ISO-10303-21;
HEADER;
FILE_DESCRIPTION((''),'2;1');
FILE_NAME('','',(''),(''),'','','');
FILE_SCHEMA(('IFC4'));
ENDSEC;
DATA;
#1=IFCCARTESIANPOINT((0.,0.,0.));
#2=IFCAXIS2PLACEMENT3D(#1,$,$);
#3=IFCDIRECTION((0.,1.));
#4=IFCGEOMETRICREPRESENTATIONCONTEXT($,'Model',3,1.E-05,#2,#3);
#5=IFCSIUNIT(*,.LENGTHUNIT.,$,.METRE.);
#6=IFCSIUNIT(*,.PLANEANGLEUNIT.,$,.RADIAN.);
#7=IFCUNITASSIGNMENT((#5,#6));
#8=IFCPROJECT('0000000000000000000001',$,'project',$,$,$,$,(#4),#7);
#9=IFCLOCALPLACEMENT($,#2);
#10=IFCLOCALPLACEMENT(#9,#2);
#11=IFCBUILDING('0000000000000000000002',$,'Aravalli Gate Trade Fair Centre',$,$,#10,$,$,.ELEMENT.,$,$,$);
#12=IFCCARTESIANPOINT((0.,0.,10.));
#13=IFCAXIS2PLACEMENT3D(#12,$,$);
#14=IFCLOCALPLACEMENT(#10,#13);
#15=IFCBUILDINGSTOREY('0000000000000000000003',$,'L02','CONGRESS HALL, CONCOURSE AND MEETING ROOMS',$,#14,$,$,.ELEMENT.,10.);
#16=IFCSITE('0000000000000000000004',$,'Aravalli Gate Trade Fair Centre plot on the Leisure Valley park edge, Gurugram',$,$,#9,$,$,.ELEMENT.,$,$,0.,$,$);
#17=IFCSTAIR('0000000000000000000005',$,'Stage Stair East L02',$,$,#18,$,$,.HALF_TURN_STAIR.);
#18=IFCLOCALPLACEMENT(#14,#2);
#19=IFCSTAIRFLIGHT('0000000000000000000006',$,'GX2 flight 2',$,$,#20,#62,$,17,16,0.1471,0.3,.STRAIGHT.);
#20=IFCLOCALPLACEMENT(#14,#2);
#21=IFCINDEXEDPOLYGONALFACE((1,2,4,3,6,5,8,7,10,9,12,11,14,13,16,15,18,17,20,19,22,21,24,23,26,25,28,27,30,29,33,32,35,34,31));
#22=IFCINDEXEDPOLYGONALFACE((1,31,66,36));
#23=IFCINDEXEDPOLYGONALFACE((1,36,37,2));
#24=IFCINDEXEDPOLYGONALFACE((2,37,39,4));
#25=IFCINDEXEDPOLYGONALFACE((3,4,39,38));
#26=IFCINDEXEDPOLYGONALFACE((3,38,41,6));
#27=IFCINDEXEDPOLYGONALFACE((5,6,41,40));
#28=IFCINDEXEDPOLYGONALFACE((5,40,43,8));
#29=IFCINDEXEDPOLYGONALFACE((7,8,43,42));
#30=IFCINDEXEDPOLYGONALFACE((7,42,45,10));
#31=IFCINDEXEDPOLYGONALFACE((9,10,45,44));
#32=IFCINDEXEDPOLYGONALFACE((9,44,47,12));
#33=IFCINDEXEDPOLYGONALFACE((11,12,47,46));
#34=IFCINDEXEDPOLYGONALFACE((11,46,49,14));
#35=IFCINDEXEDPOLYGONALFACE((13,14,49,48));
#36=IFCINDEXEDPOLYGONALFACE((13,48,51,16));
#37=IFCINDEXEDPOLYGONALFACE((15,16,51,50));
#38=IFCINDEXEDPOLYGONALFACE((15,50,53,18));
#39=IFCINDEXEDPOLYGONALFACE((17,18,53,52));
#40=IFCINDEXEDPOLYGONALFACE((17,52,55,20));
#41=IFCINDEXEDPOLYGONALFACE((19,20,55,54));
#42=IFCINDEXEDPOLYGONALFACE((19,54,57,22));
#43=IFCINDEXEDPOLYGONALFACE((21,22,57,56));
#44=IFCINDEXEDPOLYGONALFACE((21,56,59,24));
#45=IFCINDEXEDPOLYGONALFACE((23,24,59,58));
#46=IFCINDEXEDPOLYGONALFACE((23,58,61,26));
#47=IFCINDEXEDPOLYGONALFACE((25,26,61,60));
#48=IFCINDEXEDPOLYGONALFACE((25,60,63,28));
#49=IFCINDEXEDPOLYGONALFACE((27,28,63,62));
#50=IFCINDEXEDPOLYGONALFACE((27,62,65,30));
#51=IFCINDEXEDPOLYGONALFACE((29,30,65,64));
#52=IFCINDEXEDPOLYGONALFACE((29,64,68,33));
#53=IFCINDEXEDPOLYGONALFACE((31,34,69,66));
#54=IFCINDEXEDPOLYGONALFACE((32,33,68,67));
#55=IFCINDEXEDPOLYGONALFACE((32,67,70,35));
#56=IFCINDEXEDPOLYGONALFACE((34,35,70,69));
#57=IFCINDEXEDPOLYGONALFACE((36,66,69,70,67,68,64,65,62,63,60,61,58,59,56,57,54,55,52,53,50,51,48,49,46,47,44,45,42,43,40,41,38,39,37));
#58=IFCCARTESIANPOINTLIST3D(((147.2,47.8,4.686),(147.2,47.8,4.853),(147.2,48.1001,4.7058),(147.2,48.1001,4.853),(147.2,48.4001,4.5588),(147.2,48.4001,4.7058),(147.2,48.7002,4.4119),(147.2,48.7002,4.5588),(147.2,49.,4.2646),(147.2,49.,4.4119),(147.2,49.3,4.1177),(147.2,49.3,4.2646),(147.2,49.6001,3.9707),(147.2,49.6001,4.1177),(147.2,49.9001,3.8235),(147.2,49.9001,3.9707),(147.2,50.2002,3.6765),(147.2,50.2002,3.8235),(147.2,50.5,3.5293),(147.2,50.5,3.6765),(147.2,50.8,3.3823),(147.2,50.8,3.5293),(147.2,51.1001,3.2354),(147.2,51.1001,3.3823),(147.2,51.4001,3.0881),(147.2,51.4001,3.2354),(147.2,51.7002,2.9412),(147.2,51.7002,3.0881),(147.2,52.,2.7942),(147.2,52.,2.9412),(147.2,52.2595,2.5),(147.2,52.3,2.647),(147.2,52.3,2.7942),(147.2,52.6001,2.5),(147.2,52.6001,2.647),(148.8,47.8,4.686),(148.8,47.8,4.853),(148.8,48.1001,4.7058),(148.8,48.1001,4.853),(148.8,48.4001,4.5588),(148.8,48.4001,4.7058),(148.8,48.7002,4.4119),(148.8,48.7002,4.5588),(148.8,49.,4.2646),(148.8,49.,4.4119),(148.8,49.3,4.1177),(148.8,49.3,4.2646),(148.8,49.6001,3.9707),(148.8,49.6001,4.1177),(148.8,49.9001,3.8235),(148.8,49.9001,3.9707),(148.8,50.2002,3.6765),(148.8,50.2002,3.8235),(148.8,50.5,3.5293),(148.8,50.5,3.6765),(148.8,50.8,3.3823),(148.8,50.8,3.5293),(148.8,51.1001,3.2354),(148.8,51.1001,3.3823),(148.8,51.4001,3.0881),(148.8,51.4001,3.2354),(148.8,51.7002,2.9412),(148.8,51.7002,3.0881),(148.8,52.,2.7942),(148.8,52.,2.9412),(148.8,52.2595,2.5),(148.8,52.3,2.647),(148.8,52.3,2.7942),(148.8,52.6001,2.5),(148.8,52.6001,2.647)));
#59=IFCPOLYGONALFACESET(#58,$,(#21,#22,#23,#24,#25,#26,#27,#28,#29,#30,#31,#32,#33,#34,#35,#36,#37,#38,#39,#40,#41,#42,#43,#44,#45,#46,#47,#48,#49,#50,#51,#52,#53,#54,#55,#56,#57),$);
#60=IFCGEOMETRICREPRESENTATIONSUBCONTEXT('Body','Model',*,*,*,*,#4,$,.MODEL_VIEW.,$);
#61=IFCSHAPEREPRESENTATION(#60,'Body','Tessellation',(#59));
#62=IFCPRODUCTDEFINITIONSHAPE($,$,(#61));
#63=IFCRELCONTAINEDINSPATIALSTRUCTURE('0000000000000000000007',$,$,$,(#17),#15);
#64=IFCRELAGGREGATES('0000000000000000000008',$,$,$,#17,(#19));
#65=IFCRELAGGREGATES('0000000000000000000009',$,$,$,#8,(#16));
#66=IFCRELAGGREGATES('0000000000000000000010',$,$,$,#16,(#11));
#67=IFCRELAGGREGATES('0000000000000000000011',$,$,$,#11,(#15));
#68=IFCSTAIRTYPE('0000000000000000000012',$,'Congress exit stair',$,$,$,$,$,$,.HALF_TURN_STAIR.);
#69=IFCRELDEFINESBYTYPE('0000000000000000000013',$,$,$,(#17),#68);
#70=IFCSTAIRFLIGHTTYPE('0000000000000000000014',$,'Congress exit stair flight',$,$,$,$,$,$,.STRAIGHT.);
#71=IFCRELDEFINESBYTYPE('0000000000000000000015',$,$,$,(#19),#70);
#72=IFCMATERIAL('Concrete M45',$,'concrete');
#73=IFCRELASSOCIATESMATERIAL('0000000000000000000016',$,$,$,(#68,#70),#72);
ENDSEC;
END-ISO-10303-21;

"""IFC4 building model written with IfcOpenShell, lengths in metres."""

from ifc_helpers import new_model, si_unit, direction, frame, origin, place, context, subcontext, project, spatial, polyline, outline, extrude, material, type_object, element, aggregate, save


model = new_model("IFC4")

# Units and contexts
model_context = context("Model", 3, precision=1e-05, world=origin(), true_north=direction((0.0, 1.0)))
body_context = subcontext(model_context, "Body", "Model", "MODEL_VIEW")
ifc_project = project(units=[si_unit("LENGTHUNIT", "METRE"), si_unit("PLANEANGLEUNIT", "RADIAN")], contexts=[model_context])

# Site, building, storey
site_placement = place(None, origin())
site = spatial("IfcSite", under=ifc_project, at=site_placement, Name="Aravalli Gate Trade Fair Centre plot on the Leisure Valley park edge, Gurugram", CompositionType="ELEMENT", RefElevation=0.0)
building_placement = place(site_placement, origin())
building = spatial("IfcBuilding", under=site, at=building_placement, Name="Aravalli Gate Trade Fair Centre", CompositionType="ELEMENT")
storey_placement = place(building_placement, frame((0.0, 0.0, 10.0)))
storey = spatial("IfcBuildingStorey", under=building, at=storey_placement, Name="L02", Description="CONGRESS HALL, CONCOURSE AND MEETING ROOMS", CompositionType="ELEMENT", Elevation=10.0)

# Shared definitions
ifc_material_1 = material(Name="Concrete M45", Category="concrete")

# Stair, stair flight
stair_type = type_object("IfcStairType", Name="Congress exit stair", PredefinedType="HALF_TURN_STAIR", material=ifc_material_1)
stair_placement = place(storey_placement, origin())
stair = element("IfcStair", 1, at=stair_placement, inside=storey, type_object=stair_type, Name="Stage Stair East L02", PredefinedType="HALF_TURN_STAIR")
stair_flight_type = type_object("IfcStairFlightType", Name="Congress exit stair flight", PredefinedType="STRAIGHT", material=ifc_material_1)
stair_flight_1_placement = place(storey_placement, frame((148.0, 52.6001, 2.5), z_axis=(0.0, 0.0, 1.0), x_axis=(0.0, -1.0, 0.0)))
stair_flight_1 = element("IfcStairFlight", 2, at=stair_flight_1_placement, type_object=stair_flight_type, Name="GX2 flight 2", NumberOfRisers=17, NumberOfTreads=16, PredefinedType="STRAIGHT", RiserHeight=0.1471, TreadLength=0.3, context=body_context, shape_type="SweptSolid", body=[
    extrude(outline(polyline([(0.0, 0.0), (0.0, 0.147), (0.3, 0.147), (0.3, 0.2942), (0.6001, 0.2942), (0.6001, 0.4412), (0.8999, 0.4412), (0.8999, 0.5881), (1.2, 0.5881), (1.2, 0.7354), (1.5, 0.7354), (1.5, 0.8823), (1.8, 0.8823), (1.8, 1.0293), (2.1001, 1.0293), (2.1001, 1.1765), (2.3999, 1.1765), (2.3999, 1.3235), (2.7, 1.3235), (2.7, 1.4707), (3.0, 1.4707), (3.0, 1.6177), (3.3, 1.6177), (3.3, 1.7646), (3.6001, 1.7646), (3.6001, 1.9119), (3.8999, 1.9119), (3.8999, 2.0588), (4.2, 2.0588), (4.2, 2.2058), (4.5, 2.2058), (4.5, 2.353), (4.8, 2.353), (4.8, 2.5), (4.8, 2.186), (0.3406, 0.0), (0.0, 0.0)])), frame((0.0, 0.8, 0.0), z_axis=(0.0, -1.0, 0.0), x_axis=(1.0, 0.0, 0.0)), (0.0, 0.0, 1.0), 1.6001),
])
aggregate(stair, [stair_flight_1])

save(model, "model.ifc")
